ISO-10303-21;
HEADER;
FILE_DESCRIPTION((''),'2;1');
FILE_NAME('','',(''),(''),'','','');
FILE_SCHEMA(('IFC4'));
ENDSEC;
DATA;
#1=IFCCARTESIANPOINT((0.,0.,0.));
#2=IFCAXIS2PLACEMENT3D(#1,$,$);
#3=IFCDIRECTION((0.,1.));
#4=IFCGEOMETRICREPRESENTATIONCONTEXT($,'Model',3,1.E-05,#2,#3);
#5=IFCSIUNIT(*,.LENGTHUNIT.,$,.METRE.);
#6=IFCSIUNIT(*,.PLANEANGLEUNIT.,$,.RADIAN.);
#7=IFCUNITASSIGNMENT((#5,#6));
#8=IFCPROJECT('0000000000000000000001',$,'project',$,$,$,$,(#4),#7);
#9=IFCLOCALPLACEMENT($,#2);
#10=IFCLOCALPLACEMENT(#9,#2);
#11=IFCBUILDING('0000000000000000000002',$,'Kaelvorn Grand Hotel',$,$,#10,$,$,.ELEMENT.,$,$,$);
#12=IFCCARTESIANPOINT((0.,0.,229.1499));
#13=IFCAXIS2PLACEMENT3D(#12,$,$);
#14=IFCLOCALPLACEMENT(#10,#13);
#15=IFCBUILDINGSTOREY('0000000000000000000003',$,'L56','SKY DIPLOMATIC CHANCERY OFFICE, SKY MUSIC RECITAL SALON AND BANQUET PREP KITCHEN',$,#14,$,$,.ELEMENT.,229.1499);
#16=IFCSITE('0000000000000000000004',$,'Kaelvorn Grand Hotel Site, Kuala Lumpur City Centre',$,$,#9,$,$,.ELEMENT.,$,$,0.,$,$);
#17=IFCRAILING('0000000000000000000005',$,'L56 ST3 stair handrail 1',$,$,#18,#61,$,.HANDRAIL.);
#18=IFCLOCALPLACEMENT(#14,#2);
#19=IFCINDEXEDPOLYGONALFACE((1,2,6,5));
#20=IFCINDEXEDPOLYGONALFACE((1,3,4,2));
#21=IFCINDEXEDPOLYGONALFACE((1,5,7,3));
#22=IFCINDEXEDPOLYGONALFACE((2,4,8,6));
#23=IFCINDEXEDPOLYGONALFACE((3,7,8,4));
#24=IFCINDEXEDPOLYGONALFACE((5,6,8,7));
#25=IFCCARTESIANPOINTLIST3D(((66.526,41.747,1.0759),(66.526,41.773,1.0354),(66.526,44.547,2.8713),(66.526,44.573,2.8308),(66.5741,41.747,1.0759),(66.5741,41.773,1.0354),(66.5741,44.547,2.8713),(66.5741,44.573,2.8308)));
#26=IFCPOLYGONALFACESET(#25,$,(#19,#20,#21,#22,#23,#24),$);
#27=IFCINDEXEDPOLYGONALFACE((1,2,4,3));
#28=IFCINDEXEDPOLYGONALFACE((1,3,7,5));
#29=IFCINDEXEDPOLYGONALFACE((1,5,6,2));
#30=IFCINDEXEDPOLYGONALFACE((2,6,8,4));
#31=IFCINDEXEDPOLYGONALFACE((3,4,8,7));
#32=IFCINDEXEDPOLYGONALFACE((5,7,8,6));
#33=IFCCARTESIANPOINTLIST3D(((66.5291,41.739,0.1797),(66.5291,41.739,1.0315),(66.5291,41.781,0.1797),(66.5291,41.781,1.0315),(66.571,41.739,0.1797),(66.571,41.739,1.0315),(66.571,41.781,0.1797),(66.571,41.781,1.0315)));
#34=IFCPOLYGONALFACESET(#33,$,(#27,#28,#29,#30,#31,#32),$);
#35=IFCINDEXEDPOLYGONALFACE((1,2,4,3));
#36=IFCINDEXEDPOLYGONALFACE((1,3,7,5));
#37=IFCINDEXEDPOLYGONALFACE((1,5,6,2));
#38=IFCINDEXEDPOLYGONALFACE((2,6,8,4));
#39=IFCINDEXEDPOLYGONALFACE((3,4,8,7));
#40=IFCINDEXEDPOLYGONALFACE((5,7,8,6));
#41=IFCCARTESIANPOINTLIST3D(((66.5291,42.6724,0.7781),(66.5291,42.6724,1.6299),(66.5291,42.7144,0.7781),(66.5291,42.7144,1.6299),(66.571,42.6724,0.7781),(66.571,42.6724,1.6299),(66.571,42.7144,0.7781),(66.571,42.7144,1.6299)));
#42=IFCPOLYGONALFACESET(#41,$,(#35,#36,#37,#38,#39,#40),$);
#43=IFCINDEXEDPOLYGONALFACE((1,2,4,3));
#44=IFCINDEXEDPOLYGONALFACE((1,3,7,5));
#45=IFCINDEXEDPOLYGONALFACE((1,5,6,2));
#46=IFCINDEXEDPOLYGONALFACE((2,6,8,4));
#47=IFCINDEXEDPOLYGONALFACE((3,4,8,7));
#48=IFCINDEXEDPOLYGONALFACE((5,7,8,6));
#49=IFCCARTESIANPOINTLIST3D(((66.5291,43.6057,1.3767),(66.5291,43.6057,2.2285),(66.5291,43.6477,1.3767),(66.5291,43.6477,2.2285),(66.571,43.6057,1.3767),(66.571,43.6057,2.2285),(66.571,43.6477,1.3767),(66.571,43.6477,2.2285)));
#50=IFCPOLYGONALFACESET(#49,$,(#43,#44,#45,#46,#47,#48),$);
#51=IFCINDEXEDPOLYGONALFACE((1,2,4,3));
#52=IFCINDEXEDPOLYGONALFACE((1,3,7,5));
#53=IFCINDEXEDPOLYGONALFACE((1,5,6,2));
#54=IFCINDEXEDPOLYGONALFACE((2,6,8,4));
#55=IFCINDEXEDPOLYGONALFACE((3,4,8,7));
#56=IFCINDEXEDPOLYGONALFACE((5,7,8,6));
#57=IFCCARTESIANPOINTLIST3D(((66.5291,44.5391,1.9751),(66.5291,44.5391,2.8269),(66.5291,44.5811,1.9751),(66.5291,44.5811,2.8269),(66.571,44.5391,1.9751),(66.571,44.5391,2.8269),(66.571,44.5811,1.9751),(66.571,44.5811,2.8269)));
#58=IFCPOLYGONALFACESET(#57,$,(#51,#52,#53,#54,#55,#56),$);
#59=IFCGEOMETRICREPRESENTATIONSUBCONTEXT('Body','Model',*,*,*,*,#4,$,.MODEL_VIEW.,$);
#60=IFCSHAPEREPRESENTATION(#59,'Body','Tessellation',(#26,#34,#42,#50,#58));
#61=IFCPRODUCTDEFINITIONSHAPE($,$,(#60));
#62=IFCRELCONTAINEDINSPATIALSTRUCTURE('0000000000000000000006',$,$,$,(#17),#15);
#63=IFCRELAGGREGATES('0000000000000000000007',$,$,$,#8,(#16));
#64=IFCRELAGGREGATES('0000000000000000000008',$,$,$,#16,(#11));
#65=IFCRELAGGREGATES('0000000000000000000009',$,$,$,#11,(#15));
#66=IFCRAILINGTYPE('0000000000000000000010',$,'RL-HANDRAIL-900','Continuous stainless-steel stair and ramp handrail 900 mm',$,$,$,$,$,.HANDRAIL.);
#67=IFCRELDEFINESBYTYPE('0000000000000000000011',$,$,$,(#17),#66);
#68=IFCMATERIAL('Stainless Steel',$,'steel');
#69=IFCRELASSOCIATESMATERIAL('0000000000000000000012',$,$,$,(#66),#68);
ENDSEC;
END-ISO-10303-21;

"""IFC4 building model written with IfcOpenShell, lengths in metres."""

from ifc_helpers import new_model, si_unit, direction, frame, origin, origin_2d, place, context, subcontext, project, spatial, rectangle, extrude, material, type_object, element, save


model = new_model("IFC4")

# Units and contexts
model_context = context("Model", 3, precision=1e-05, world=origin(), true_north=direction((0.0, 1.0)))
body_context = subcontext(model_context, "Body", "Model", "MODEL_VIEW")
ifc_project = project(units=[si_unit("LENGTHUNIT", "METRE"), si_unit("PLANEANGLEUNIT", "RADIAN")], contexts=[model_context])

# Site, building, storey
site_placement = place(None, origin())
site = spatial("IfcSite", under=ifc_project, at=site_placement, Name="Kaelvorn Grand Hotel Site, Kuala Lumpur City Centre", CompositionType="ELEMENT", RefElevation=0.0)
building_placement = place(site_placement, origin())
building = spatial("IfcBuilding", under=site, at=building_placement, Name="Kaelvorn Grand Hotel", CompositionType="ELEMENT")
storey_placement = place(building_placement, frame((0.0, 0.0, 229.1499)))
storey = spatial("IfcBuildingStorey", under=building, at=storey_placement, Name="L56", Description="SKY DIPLOMATIC CHANCERY OFFICE, SKY MUSIC RECITAL SALON AND BANQUET PREP KITCHEN", CompositionType="ELEMENT", Elevation=229.1499)

# Railing
ifc_material_1 = material(Name="Stainless Steel", Category="steel")
railing_type_1 = type_object("IfcRailingType", Name="RL-HANDRAIL-900", Description="Continuous stainless-steel stair and ramp handrail 900 mm", PredefinedType="HANDRAIL", material=ifc_material_1)
railing_1_placement = place(storey_placement, frame((66.55, 41.76, 0.1797)))
element("IfcRailing", 1, at=railing_1_placement, inside=storey, type_object=railing_type_1, Name="L56 ST3 stair handrail 1", PredefinedType="HANDRAIL", context=body_context, shape_type="SweptSolid", body=[
    extrude(rectangle(XDim=0.0481, YDim=0.0481, at=origin_2d()), frame((0.0, 0.0, 0.876), z_axis=(0.0, 0.84181, 0.539774), x_axis=(-1.0, 0.0, 0.0)), (0.0, 0.0, 1.0), 3.3262),
    extrude(rectangle(XDim=0.042, YDim=0.042, at=origin_2d()), origin(), (0.0, 0.0, 1.0), 0.8518),
    extrude(rectangle(XDim=0.042, YDim=0.042, at=origin_2d()), frame((0.0, 0.9333, 0.5984)), (0.0, 0.0, 1.0), 0.8518),
    extrude(rectangle(XDim=0.042, YDim=0.042, at=origin_2d()), frame((0.0, 1.8667, 1.197)), (0.0, 0.0, 1.0), 0.8518),
    extrude(rectangle(XDim=0.042, YDim=0.042, at=origin_2d()), frame((0.0, 2.8, 1.7954)), (0.0, 0.0, 1.0), 0.8518),
])

save(model, "model.ifc")
